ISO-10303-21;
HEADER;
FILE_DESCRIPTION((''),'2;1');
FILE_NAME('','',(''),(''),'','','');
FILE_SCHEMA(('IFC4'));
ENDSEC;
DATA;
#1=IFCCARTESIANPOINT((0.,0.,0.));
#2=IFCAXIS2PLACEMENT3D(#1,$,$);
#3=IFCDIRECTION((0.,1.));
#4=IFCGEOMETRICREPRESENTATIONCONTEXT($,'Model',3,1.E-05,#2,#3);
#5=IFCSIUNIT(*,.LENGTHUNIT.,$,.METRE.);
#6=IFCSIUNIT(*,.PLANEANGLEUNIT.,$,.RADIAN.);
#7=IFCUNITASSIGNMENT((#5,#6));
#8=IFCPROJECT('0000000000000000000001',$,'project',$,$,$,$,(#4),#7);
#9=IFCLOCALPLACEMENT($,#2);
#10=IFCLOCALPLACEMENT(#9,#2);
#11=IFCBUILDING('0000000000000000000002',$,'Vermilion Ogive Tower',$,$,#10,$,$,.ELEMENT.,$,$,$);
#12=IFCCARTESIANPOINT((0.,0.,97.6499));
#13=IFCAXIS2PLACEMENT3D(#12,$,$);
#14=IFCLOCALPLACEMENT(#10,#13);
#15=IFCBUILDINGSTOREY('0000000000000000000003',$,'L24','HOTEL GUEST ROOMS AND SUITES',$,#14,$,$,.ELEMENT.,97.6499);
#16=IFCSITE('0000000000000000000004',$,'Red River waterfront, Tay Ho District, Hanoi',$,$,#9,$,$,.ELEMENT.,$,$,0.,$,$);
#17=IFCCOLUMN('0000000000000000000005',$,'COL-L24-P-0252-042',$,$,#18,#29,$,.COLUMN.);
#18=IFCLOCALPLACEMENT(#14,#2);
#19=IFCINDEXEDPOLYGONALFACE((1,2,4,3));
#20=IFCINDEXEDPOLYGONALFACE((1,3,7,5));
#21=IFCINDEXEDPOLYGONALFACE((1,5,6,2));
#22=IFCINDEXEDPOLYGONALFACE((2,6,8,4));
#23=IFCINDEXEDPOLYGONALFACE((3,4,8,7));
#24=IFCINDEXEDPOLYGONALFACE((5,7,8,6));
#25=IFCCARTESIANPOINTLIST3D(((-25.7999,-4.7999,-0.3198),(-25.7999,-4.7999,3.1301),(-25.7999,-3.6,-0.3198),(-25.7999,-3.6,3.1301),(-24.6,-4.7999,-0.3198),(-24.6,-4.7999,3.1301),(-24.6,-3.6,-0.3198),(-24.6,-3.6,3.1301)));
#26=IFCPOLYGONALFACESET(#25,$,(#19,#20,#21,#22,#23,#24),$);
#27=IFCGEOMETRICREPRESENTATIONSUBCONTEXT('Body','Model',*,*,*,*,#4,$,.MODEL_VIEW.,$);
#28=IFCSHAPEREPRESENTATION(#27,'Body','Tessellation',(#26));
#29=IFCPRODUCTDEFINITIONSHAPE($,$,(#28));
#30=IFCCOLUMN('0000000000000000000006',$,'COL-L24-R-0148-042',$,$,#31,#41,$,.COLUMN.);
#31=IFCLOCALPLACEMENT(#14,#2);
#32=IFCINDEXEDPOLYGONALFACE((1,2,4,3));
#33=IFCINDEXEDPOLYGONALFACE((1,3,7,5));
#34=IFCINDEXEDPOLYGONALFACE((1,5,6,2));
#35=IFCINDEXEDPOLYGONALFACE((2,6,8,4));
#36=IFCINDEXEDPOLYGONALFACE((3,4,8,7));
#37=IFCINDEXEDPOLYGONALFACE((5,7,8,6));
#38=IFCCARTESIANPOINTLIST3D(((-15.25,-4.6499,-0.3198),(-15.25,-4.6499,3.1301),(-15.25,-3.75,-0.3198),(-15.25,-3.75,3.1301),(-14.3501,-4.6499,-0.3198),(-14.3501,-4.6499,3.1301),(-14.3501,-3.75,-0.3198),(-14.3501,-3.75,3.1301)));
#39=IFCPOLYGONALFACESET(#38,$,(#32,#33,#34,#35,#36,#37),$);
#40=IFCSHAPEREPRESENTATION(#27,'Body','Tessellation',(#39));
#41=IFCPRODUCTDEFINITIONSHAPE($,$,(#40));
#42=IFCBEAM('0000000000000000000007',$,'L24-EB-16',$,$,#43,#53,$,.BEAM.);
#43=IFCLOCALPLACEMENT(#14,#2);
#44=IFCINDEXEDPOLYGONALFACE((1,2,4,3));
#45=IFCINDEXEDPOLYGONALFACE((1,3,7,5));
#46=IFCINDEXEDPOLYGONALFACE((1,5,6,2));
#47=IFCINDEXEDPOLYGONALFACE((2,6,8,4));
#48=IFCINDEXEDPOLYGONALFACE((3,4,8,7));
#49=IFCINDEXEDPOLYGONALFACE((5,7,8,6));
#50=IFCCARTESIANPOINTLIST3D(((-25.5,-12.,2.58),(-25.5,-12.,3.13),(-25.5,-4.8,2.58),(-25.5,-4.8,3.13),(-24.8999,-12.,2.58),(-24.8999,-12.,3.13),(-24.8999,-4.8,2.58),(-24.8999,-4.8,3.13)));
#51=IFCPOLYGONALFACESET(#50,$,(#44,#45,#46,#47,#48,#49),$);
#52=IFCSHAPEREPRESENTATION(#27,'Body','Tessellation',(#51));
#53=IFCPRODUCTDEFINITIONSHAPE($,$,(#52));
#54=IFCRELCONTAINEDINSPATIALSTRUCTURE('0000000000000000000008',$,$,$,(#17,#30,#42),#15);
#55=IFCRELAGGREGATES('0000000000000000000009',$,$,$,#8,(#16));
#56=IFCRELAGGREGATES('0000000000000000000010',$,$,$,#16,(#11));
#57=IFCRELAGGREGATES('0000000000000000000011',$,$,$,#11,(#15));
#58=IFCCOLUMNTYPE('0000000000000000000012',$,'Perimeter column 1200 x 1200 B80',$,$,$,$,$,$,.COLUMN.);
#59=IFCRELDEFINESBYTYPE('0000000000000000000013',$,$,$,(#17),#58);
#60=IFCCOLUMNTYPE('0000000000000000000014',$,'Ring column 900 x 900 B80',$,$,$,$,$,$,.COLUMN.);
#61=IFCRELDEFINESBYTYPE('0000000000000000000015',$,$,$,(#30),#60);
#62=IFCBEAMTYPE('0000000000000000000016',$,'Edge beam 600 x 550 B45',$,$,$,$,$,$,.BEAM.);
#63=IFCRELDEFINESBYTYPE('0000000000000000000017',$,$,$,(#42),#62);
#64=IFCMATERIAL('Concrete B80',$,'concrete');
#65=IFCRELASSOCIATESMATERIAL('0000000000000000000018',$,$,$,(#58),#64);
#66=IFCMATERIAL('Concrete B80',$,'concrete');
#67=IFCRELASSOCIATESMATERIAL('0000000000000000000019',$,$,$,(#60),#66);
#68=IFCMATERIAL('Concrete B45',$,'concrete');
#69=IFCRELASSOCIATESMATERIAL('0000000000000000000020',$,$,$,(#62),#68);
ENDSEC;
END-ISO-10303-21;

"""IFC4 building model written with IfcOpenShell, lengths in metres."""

from ifc_helpers import new_model, si_unit, direction, frame, origin, origin_2d, place, context, subcontext, project, spatial, rectangle, extrude, material, material_profile, profile_set, type_object, element, save


model = new_model("IFC4")

# Units and contexts
model_context = context("Model", 3, precision=1e-05, world=origin(), true_north=direction((0.0, 1.0)))
body_context = subcontext(model_context, "Body", "Model", "MODEL_VIEW")
ifc_project = project(units=[si_unit("LENGTHUNIT", "METRE"), si_unit("PLANEANGLEUNIT", "RADIAN")], contexts=[model_context])

# Site, building, storey
site_placement = place(None, origin())
site = spatial("IfcSite", under=ifc_project, at=site_placement, Name="Red River waterfront, Tay Ho District, Hanoi", CompositionType="ELEMENT", RefElevation=0.0)
building_placement = place(site_placement, origin())
building = spatial("IfcBuilding", under=site, at=building_placement, Name="Vermilion Ogive Tower", CompositionType="ELEMENT")
storey_placement = place(building_placement, frame((0.0, 0.0, 97.6499)))
storey = spatial("IfcBuildingStorey", under=building, at=storey_placement, Name="L24", Description="HOTEL GUEST ROOMS AND SUITES", CompositionType="ELEMENT", Elevation=97.6499)

# Columns
ifc_material_1 = material(Name="Concrete B80", Category="concrete")
ifc_material_profile_1 = material_profile(ifc_material_1, rectangle(XDim=1.2, YDim=1.2, at=origin_2d()), Name="1200 x 1200")
ifc_profile_set_1 = profile_set([ifc_material_profile_1], Name="Concrete B80")
column_type_1 = type_object("IfcColumnType", Name="Perimeter column 1200 x 1200 B80", PredefinedType="COLUMN", material=ifc_profile_set_1)
column_1_placement = place(storey_placement, frame((-25.2, -4.2, -0.3198), z_axis=(0.0, 0.0, 1.0), x_axis=(1.0, 0.0, 0.0)))
element("IfcColumn", 1, at=column_1_placement, inside=storey, type_object=column_type_1, Name="COL-L24-P-0252-042", PredefinedType="COLUMN", context=body_context, shape_type="SweptSolid", body=[
    extrude(rectangle(XDim=1.2, YDim=1.2, at=origin_2d()), origin(), (0.0, 0.0, 1.0), 3.45),
])
ifc_material_2 = material(Name="Concrete B80", Category="concrete")
ifc_material_profile_2 = material_profile(ifc_material_2, rectangle(XDim=0.8999, YDim=0.8999, at=origin_2d()), Name="900 x 900")
ifc_profile_set_2 = profile_set([ifc_material_profile_2], Name="Concrete B80")
column_type_2 = type_object("IfcColumnType", Name="Ring column 900 x 900 B80", PredefinedType="COLUMN", material=ifc_profile_set_2)
column_2_placement = place(storey_placement, frame((-14.8, -4.2, -0.3198), z_axis=(0.0, 0.0, 1.0), x_axis=(1.0, 0.0, 0.0)))
element("IfcColumn", 2, at=column_2_placement, inside=storey, type_object=column_type_2, Name="COL-L24-R-0148-042", PredefinedType="COLUMN", context=body_context, shape_type="SweptSolid", body=[
    extrude(rectangle(XDim=0.8999, YDim=0.8999, at=origin_2d()), origin(), (0.0, 0.0, 1.0), 3.45),
])

# Beam
ifc_material_3 = material(Name="Concrete B45", Category="concrete")
ifc_material_profile_3 = material_profile(ifc_material_3, rectangle(XDim=0.6001, YDim=0.55, at=origin_2d()), Name="600 x 550")
ifc_profile_set_3 = profile_set([ifc_material_profile_3], Name="Concrete B45")
beam_type = type_object("IfcBeamType", Name="Edge beam 600 x 550 B45", PredefinedType="BEAM", material=ifc_profile_set_3)
beam_placement = place(storey_placement, frame((-25.2, -4.8, 2.855), z_axis=(0.0, -1.0, 0.0), x_axis=(1.0, 0.0, 0.0)))
element("IfcBeam", 3, at=beam_placement, inside=storey, type_object=beam_type, Name="L24-EB-16", PredefinedType="BEAM", context=body_context, shape_type="SweptSolid", body=[
    extrude(rectangle(XDim=0.6001, YDim=0.55, at=origin_2d()), origin(), (0.0, 0.0, 1.0), 7.2),
])

save(model, "model.ifc")
